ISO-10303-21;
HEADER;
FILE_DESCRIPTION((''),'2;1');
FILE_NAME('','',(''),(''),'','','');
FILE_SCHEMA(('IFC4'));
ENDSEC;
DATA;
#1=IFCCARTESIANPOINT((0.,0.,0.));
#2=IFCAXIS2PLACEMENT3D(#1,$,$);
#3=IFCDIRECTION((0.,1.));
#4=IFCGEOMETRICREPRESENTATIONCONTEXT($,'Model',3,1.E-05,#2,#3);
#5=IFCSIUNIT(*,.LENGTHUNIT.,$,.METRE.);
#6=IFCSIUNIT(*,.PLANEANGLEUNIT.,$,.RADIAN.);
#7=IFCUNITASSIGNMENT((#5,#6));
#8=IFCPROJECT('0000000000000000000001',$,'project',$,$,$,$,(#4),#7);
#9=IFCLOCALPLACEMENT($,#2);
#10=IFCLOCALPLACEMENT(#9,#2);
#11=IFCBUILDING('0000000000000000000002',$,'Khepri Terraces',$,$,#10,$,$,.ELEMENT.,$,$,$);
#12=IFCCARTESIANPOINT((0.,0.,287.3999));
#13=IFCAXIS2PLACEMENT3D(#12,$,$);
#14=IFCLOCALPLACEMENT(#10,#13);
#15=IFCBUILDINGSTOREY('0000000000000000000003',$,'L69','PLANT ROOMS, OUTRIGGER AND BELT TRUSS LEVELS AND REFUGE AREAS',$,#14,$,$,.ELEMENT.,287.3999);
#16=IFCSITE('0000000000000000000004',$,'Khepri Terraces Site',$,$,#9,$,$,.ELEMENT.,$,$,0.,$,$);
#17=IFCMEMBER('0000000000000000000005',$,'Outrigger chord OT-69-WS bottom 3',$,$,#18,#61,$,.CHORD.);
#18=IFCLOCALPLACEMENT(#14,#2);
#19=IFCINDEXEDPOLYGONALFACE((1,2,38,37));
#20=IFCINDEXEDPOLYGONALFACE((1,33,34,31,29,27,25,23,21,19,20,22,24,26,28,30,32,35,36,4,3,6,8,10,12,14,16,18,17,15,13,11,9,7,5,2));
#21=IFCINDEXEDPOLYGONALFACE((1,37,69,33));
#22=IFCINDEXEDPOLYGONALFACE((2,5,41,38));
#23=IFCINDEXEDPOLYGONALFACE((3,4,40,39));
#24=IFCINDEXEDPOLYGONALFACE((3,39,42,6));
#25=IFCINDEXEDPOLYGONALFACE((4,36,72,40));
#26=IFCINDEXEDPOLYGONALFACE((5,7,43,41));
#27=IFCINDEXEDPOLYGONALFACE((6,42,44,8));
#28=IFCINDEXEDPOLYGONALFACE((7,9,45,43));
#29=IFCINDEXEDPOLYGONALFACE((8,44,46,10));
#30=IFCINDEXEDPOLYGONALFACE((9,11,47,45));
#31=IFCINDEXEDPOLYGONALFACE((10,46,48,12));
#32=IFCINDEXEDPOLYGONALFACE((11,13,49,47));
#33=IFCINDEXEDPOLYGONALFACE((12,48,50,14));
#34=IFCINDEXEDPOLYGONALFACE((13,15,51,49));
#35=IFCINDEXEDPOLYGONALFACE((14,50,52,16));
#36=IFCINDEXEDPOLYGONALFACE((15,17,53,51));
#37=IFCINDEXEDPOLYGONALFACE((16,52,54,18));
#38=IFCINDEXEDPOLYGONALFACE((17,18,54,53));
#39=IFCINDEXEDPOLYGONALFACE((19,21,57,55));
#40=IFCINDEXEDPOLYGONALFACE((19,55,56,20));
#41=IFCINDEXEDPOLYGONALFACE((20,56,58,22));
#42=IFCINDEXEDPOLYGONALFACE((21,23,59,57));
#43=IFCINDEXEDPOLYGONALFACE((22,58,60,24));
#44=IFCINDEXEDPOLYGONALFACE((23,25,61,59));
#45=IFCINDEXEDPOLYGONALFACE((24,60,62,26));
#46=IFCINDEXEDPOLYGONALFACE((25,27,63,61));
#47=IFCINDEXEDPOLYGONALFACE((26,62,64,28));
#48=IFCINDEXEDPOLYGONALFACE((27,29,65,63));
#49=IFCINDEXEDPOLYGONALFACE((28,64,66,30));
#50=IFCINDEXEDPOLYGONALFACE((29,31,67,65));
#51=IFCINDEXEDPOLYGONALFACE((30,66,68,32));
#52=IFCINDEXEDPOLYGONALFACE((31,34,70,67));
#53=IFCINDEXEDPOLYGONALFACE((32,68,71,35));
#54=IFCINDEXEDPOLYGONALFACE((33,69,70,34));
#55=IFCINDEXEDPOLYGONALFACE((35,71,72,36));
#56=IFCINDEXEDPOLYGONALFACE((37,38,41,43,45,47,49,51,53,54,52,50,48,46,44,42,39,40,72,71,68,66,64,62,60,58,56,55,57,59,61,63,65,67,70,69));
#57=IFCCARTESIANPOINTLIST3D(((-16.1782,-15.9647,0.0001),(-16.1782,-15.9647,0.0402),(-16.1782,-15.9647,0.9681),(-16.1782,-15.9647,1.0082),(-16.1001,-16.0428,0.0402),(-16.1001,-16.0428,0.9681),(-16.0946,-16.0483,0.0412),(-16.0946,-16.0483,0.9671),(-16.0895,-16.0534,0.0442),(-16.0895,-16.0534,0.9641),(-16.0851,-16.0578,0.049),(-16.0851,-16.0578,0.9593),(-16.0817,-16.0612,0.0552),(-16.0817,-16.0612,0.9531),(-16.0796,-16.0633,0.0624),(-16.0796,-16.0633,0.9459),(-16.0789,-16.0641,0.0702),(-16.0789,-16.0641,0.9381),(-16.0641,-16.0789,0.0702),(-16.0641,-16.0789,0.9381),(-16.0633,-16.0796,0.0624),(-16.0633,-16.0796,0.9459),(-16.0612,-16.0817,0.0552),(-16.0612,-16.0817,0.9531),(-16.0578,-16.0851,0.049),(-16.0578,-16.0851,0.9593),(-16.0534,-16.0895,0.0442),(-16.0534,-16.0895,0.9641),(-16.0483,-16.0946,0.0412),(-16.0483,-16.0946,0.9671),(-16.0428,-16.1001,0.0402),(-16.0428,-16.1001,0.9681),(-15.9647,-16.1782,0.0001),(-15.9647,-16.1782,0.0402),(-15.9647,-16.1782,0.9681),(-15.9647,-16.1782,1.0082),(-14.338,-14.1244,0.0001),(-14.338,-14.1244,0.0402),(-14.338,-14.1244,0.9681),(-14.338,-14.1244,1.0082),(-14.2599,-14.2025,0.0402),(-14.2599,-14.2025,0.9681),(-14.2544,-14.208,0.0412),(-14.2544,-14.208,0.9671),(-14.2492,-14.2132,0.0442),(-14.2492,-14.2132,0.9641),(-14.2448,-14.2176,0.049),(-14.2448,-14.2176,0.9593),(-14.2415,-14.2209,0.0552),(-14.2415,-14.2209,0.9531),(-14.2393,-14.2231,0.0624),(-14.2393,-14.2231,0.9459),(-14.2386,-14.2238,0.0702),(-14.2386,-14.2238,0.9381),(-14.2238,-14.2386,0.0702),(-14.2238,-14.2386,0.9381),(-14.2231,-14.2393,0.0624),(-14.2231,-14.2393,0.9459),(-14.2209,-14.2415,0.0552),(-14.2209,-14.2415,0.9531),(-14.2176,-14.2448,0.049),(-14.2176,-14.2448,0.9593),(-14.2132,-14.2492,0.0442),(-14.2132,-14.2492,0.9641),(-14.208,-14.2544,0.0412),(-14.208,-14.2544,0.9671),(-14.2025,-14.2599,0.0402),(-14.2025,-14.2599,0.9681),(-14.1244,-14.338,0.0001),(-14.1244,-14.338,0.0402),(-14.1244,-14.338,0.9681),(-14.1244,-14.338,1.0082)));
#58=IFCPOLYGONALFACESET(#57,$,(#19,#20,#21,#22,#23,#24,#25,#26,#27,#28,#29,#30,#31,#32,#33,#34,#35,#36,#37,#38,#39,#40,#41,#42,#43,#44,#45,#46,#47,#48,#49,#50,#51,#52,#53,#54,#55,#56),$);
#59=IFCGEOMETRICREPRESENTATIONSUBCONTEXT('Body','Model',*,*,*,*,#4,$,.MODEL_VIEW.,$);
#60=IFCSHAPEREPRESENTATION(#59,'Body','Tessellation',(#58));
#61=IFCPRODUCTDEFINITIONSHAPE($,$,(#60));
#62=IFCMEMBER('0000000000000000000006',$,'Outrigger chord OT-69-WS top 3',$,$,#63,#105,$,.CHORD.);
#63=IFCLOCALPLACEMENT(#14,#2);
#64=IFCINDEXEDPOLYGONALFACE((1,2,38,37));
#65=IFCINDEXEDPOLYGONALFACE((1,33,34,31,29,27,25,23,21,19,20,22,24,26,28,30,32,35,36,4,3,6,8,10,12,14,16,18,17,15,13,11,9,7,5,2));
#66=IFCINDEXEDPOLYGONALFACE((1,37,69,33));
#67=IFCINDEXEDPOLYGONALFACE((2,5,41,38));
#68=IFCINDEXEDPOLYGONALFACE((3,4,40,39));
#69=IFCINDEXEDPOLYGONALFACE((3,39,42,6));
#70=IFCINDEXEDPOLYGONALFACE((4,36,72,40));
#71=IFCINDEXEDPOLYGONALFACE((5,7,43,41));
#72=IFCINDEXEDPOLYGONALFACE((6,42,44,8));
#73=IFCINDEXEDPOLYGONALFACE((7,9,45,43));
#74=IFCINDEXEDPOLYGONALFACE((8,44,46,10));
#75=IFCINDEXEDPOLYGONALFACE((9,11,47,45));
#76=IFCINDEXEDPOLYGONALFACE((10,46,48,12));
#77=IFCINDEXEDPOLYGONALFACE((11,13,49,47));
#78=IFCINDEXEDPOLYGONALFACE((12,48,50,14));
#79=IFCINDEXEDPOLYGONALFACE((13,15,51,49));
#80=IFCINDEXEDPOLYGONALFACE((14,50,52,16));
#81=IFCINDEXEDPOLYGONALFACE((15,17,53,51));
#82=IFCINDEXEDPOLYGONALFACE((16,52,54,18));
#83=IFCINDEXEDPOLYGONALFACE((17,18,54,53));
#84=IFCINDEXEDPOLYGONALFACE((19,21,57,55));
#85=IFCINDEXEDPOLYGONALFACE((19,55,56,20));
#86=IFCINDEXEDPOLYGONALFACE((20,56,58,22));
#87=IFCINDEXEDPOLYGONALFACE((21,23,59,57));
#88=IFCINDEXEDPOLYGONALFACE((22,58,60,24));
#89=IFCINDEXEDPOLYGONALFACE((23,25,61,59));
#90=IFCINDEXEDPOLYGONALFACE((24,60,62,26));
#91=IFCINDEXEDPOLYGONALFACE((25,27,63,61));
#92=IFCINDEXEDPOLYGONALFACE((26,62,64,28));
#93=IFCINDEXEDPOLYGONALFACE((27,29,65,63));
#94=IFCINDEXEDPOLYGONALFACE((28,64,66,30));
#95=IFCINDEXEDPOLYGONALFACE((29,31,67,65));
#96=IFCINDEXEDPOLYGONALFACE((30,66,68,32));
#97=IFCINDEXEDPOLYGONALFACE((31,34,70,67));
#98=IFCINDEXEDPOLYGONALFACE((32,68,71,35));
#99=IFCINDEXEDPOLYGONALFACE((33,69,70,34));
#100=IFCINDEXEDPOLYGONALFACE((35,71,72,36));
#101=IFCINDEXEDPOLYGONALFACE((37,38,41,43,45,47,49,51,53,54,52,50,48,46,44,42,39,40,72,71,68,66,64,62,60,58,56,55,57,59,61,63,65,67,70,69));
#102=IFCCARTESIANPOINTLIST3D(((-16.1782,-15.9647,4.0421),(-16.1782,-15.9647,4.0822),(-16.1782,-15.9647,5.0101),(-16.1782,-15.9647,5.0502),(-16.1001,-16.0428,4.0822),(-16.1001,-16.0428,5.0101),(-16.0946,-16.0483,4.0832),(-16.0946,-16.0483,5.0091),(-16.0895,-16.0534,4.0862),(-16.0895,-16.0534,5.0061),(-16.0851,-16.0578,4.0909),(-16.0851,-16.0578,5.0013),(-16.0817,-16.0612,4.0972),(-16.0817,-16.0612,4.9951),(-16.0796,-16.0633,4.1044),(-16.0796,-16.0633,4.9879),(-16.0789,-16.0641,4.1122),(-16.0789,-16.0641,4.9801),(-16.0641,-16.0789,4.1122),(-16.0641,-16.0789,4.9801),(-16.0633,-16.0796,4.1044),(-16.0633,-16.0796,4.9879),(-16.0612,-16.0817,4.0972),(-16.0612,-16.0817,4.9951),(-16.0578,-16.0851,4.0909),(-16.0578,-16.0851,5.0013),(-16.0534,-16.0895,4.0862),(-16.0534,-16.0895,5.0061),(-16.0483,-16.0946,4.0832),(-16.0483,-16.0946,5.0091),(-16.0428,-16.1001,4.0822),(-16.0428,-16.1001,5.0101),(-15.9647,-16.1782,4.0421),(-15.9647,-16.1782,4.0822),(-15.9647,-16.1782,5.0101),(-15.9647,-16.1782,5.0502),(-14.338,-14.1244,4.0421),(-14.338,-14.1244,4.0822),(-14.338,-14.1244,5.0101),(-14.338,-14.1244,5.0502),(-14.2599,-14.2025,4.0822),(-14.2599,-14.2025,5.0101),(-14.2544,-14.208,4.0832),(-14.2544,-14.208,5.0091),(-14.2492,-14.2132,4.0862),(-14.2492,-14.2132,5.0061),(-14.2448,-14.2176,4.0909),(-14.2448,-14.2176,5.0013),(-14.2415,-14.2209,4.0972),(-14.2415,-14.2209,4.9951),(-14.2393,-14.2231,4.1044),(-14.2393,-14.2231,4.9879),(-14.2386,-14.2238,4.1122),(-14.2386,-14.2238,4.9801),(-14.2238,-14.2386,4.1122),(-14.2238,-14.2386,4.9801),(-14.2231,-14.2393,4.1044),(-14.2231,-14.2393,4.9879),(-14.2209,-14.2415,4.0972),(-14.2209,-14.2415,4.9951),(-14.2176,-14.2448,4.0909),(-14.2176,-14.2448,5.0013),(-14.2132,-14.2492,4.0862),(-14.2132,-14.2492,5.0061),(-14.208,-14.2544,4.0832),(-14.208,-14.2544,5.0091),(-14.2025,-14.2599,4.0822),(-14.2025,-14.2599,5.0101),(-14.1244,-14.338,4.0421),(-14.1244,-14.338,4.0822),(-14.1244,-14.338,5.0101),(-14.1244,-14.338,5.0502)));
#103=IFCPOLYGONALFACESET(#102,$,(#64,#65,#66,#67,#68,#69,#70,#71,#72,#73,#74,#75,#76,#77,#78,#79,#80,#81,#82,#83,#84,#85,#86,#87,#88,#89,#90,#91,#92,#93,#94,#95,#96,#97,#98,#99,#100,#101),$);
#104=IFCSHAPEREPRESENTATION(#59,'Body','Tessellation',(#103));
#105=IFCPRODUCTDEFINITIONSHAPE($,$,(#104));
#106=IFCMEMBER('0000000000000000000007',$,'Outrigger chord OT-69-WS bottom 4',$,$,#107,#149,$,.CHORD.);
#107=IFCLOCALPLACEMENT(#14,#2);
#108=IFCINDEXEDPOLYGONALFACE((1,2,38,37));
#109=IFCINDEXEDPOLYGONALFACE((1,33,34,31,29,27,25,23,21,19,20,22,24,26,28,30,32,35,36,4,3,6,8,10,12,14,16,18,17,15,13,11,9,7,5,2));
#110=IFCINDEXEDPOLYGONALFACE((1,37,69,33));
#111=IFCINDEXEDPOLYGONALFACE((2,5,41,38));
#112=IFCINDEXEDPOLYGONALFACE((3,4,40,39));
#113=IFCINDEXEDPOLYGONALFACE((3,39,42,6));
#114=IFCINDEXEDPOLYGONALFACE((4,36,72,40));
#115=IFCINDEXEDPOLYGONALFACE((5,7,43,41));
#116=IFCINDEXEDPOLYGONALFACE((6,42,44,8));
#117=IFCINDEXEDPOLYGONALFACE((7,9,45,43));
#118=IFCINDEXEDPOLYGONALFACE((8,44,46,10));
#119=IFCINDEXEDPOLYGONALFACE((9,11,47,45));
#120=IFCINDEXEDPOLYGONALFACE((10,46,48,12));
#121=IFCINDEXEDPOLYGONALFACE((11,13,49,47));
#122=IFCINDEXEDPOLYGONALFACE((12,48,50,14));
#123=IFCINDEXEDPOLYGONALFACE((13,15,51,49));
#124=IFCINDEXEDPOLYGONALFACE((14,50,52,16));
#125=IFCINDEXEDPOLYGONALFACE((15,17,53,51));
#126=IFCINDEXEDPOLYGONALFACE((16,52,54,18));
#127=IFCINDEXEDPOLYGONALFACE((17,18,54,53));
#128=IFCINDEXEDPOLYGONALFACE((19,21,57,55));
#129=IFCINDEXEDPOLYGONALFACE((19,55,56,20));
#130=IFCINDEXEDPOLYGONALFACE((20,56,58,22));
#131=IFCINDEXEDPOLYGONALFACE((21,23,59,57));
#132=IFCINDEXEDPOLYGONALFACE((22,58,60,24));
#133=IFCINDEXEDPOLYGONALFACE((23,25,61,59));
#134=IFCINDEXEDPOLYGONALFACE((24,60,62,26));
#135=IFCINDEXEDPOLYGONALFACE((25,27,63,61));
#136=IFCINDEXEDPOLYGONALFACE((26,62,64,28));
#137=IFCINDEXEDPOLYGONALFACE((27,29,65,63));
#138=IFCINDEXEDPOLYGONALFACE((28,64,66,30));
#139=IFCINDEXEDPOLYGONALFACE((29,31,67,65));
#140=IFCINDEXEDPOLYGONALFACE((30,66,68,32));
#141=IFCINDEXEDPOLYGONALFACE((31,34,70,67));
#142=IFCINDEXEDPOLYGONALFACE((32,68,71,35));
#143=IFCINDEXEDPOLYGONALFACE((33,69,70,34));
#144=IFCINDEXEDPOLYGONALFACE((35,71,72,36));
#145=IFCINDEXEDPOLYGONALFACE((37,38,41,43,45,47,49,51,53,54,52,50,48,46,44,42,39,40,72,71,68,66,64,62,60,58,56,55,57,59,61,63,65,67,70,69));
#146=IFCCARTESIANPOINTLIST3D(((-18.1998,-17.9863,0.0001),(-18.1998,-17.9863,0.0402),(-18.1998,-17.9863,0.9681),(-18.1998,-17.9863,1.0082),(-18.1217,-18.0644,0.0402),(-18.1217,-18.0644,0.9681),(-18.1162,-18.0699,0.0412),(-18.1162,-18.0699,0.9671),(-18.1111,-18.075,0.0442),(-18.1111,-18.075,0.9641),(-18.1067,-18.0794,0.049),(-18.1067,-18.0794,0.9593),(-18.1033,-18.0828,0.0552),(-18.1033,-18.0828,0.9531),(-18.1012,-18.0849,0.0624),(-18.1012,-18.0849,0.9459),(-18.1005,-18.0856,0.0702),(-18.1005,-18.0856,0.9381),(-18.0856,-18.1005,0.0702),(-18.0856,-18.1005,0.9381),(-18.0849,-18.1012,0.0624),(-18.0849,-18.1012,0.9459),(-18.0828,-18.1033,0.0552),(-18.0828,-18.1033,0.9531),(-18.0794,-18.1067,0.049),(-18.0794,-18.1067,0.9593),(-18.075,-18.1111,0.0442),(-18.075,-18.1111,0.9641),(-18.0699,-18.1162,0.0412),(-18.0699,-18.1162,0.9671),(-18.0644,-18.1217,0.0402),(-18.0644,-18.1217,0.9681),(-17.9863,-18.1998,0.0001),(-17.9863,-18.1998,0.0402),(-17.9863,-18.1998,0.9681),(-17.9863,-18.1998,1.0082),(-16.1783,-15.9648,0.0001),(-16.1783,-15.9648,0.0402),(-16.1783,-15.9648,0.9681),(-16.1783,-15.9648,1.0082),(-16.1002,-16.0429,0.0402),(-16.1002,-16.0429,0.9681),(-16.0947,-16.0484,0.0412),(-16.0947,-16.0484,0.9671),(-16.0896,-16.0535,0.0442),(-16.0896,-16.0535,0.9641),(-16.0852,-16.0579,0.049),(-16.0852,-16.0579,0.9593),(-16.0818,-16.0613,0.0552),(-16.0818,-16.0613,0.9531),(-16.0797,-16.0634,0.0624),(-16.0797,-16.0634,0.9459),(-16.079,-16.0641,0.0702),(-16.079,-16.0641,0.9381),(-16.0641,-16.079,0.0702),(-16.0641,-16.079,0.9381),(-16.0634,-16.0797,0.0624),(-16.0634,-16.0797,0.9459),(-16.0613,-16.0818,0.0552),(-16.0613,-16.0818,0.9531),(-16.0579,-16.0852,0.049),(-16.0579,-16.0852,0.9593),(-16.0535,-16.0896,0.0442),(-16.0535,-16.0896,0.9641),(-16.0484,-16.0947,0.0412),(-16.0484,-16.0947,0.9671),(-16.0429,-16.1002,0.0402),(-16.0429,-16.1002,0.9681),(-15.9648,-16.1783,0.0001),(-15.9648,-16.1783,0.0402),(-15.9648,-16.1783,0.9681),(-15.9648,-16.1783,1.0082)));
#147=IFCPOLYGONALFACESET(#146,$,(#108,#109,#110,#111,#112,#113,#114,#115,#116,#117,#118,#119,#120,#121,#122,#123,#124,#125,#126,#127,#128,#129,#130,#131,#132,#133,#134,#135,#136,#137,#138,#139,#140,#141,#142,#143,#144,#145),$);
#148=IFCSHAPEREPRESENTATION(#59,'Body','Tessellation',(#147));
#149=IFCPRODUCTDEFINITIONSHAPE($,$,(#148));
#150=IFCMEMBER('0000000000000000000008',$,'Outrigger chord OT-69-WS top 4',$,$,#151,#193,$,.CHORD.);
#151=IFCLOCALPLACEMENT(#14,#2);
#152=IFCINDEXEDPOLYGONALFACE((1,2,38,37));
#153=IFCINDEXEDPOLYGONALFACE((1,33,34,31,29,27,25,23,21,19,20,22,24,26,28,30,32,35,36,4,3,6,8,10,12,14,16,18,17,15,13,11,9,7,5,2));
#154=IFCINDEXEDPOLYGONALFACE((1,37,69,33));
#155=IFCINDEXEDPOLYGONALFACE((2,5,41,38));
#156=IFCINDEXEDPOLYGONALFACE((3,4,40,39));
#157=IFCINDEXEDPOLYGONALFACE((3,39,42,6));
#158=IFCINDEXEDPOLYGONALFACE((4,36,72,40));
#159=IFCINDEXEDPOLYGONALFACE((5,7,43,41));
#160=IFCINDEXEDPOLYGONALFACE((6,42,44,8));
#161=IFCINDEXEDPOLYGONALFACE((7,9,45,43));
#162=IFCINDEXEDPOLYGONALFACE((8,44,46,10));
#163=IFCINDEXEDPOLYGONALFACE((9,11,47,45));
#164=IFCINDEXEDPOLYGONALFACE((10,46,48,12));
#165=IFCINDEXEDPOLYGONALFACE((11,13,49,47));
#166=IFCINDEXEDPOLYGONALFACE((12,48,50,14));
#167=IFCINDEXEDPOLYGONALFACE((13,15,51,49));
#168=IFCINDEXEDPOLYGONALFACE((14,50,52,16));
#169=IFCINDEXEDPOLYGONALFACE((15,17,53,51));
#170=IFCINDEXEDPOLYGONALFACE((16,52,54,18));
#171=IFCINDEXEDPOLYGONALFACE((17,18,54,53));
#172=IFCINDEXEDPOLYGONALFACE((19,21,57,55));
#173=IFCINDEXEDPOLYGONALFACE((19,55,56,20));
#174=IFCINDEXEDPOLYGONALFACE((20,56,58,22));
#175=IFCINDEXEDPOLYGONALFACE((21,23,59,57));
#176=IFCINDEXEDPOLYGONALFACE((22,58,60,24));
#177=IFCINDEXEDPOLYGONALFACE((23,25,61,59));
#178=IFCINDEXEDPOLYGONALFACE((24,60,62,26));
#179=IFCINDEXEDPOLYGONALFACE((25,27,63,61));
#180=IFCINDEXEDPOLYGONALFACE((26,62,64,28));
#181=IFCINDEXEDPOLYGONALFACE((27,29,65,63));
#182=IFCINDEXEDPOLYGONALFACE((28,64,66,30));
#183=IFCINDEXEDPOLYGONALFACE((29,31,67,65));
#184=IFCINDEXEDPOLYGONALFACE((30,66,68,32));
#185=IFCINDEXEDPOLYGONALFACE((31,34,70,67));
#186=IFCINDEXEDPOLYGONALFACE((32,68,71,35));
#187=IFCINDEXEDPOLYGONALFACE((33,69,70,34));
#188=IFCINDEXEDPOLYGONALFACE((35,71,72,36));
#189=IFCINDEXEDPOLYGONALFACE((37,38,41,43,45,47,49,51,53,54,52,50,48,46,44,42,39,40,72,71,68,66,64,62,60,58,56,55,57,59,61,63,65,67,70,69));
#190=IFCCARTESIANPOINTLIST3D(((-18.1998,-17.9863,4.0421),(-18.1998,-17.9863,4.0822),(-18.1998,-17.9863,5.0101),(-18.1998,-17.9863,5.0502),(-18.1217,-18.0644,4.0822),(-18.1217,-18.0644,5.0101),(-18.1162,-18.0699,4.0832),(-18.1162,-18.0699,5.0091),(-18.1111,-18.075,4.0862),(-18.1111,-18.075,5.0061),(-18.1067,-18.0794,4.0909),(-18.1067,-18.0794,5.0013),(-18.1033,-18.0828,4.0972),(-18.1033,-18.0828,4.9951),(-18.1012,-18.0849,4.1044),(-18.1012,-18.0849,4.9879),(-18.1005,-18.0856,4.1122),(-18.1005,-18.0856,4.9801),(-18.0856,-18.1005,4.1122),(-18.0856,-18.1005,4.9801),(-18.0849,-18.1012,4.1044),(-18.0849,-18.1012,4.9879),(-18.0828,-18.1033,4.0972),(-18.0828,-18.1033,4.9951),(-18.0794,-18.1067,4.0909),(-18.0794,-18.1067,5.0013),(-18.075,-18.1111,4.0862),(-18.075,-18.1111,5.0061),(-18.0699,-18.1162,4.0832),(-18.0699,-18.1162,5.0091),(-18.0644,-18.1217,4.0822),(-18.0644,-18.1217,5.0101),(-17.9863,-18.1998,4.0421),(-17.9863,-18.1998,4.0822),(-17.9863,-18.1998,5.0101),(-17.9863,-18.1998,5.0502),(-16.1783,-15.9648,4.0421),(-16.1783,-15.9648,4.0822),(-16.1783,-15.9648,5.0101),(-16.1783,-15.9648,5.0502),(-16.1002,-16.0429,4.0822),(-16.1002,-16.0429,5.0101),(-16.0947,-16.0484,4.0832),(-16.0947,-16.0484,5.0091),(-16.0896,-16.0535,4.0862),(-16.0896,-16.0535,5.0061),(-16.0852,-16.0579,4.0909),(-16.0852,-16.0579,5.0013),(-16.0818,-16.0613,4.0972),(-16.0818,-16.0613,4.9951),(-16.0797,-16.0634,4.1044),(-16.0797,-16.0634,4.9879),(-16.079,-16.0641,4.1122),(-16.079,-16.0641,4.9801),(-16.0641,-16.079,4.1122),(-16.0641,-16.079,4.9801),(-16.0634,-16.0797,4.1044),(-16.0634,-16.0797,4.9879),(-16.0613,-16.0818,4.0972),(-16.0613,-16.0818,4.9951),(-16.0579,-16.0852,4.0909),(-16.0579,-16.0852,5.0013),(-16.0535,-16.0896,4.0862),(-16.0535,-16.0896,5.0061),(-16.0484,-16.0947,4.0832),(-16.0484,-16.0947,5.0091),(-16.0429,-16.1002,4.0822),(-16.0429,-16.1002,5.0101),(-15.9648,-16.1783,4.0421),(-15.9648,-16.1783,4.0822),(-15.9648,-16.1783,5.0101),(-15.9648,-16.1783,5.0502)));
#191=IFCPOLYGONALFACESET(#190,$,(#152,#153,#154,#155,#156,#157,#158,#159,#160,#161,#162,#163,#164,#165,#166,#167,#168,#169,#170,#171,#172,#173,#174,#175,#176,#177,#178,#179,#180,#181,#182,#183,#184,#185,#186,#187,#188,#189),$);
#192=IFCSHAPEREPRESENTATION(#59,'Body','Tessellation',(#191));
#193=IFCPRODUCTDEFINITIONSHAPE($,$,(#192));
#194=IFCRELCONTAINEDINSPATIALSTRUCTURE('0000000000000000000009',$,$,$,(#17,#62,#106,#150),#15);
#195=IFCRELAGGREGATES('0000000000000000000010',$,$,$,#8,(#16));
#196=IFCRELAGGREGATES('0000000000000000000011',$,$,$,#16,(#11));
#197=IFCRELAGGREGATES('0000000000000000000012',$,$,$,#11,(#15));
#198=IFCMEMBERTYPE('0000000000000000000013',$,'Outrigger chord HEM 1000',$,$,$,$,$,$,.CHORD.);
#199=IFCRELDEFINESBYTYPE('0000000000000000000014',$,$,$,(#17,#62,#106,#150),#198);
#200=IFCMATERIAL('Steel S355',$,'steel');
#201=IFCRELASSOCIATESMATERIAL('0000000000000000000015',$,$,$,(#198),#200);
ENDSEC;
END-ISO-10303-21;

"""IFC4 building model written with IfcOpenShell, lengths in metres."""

from ifc_helpers import new_model, si_unit, direction, frame, origin, origin_2d, place, context, subcontext, project, spatial, i_section, extrude, material, material_profile, profile_set, type_object, element, save


model = new_model("IFC4")

# Units and contexts
model_context = context("Model", 3, precision=1e-05, world=origin(), true_north=direction((0.0, 1.0)))
body_context = subcontext(model_context, "Body", "Model", "MODEL_VIEW")
ifc_project = project(units=[si_unit("LENGTHUNIT", "METRE"), si_unit("PLANEANGLEUNIT", "RADIAN")], contexts=[model_context])

# Site, building, storey
site_placement = place(None, origin())
site = spatial("IfcSite", under=ifc_project, at=site_placement, Name="Khepri Terraces Site", CompositionType="ELEMENT", RefElevation=0.0)
building_placement = place(site_placement, origin())
building = spatial("IfcBuilding", under=site, at=building_placement, Name="Khepri Terraces", CompositionType="ELEMENT")
storey_placement = place(building_placement, frame((0.0, 0.0, 287.3999)))
storey = spatial("IfcBuildingStorey", under=building, at=storey_placement, Name="L69", Description="PLANT ROOMS, OUTRIGGER AND BELT TRUSS LEVELS AND REFUGE AREAS", CompositionType="ELEMENT", Elevation=287.3999)

# Members
ifc_material_1 = material(Name="Steel S355", Category="steel")
ifc_material_profile_1 = material_profile(ifc_material_1, i_section(OverallWidth=0.302, OverallDepth=1.0081, WebThickness=0.021, FlangeThickness=0.04, FilletRadius=0.03, at=origin_2d()), Name="Steel S355", Category="steel")
ifc_profile_set_1 = profile_set([ifc_material_profile_1], Name="Steel S355")
member_type_1 = type_object("IfcMemberType", Name="Outrigger chord HEM 1000", PredefinedType="CHORD", material=ifc_profile_set_1)
for number, where, z_axis, x_axis, name in (
    (1, (-14.2312, -14.2312, 0.5042), (-0.707107, -0.707107, 0.0), (0.707107, -0.707107, 0.0), "Outrigger chord OT-69-WS bottom 3"),
    (2, (-14.2312, -14.2312, 4.5461), (-0.707107, -0.707107, 0.0), (0.707107, -0.707107, 0.0), "Outrigger chord OT-69-WS top 3"),
):
    element("IfcMember", number, at=place(storey_placement, frame(where, z_axis=z_axis, x_axis=x_axis)), inside=storey, type_object=member_type_1, Name=name, PredefinedType="CHORD", context=body_context, shape_type="SweptSolid", body=[
        extrude(i_section(OverallWidth=0.302, OverallDepth=1.0081, WebThickness=0.021, FlangeThickness=0.04, FilletRadius=0.03, at=origin_2d()), origin(), (0.0, 0.0, 1.0), 2.6025),
    ])
for number, where, z_axis, x_axis, name in (
    (3, (-16.0715, -16.0715, 0.5042), (-0.707107, -0.707107, 0.0), (0.707107, -0.707107, 0.0), "Outrigger chord OT-69-WS bottom 4"),
    (4, (-16.0715, -16.0715, 4.5461), (-0.707107, -0.707107, 0.0), (0.707107, -0.707107, 0.0), "Outrigger chord OT-69-WS top 4"),
):
    element("IfcMember", number, at=place(storey_placement, frame(where, z_axis=z_axis, x_axis=x_axis)), inside=storey, type_object=member_type_1, Name=name, PredefinedType="CHORD", context=body_context, shape_type="SweptSolid", body=[
        extrude(i_section(OverallWidth=0.302, OverallDepth=1.0081, WebThickness=0.021, FlangeThickness=0.04, FilletRadius=0.03, at=origin_2d()), origin(), (0.0, 0.0, 1.0), 2.8589),
    ])

save(model, "model.ifc")
